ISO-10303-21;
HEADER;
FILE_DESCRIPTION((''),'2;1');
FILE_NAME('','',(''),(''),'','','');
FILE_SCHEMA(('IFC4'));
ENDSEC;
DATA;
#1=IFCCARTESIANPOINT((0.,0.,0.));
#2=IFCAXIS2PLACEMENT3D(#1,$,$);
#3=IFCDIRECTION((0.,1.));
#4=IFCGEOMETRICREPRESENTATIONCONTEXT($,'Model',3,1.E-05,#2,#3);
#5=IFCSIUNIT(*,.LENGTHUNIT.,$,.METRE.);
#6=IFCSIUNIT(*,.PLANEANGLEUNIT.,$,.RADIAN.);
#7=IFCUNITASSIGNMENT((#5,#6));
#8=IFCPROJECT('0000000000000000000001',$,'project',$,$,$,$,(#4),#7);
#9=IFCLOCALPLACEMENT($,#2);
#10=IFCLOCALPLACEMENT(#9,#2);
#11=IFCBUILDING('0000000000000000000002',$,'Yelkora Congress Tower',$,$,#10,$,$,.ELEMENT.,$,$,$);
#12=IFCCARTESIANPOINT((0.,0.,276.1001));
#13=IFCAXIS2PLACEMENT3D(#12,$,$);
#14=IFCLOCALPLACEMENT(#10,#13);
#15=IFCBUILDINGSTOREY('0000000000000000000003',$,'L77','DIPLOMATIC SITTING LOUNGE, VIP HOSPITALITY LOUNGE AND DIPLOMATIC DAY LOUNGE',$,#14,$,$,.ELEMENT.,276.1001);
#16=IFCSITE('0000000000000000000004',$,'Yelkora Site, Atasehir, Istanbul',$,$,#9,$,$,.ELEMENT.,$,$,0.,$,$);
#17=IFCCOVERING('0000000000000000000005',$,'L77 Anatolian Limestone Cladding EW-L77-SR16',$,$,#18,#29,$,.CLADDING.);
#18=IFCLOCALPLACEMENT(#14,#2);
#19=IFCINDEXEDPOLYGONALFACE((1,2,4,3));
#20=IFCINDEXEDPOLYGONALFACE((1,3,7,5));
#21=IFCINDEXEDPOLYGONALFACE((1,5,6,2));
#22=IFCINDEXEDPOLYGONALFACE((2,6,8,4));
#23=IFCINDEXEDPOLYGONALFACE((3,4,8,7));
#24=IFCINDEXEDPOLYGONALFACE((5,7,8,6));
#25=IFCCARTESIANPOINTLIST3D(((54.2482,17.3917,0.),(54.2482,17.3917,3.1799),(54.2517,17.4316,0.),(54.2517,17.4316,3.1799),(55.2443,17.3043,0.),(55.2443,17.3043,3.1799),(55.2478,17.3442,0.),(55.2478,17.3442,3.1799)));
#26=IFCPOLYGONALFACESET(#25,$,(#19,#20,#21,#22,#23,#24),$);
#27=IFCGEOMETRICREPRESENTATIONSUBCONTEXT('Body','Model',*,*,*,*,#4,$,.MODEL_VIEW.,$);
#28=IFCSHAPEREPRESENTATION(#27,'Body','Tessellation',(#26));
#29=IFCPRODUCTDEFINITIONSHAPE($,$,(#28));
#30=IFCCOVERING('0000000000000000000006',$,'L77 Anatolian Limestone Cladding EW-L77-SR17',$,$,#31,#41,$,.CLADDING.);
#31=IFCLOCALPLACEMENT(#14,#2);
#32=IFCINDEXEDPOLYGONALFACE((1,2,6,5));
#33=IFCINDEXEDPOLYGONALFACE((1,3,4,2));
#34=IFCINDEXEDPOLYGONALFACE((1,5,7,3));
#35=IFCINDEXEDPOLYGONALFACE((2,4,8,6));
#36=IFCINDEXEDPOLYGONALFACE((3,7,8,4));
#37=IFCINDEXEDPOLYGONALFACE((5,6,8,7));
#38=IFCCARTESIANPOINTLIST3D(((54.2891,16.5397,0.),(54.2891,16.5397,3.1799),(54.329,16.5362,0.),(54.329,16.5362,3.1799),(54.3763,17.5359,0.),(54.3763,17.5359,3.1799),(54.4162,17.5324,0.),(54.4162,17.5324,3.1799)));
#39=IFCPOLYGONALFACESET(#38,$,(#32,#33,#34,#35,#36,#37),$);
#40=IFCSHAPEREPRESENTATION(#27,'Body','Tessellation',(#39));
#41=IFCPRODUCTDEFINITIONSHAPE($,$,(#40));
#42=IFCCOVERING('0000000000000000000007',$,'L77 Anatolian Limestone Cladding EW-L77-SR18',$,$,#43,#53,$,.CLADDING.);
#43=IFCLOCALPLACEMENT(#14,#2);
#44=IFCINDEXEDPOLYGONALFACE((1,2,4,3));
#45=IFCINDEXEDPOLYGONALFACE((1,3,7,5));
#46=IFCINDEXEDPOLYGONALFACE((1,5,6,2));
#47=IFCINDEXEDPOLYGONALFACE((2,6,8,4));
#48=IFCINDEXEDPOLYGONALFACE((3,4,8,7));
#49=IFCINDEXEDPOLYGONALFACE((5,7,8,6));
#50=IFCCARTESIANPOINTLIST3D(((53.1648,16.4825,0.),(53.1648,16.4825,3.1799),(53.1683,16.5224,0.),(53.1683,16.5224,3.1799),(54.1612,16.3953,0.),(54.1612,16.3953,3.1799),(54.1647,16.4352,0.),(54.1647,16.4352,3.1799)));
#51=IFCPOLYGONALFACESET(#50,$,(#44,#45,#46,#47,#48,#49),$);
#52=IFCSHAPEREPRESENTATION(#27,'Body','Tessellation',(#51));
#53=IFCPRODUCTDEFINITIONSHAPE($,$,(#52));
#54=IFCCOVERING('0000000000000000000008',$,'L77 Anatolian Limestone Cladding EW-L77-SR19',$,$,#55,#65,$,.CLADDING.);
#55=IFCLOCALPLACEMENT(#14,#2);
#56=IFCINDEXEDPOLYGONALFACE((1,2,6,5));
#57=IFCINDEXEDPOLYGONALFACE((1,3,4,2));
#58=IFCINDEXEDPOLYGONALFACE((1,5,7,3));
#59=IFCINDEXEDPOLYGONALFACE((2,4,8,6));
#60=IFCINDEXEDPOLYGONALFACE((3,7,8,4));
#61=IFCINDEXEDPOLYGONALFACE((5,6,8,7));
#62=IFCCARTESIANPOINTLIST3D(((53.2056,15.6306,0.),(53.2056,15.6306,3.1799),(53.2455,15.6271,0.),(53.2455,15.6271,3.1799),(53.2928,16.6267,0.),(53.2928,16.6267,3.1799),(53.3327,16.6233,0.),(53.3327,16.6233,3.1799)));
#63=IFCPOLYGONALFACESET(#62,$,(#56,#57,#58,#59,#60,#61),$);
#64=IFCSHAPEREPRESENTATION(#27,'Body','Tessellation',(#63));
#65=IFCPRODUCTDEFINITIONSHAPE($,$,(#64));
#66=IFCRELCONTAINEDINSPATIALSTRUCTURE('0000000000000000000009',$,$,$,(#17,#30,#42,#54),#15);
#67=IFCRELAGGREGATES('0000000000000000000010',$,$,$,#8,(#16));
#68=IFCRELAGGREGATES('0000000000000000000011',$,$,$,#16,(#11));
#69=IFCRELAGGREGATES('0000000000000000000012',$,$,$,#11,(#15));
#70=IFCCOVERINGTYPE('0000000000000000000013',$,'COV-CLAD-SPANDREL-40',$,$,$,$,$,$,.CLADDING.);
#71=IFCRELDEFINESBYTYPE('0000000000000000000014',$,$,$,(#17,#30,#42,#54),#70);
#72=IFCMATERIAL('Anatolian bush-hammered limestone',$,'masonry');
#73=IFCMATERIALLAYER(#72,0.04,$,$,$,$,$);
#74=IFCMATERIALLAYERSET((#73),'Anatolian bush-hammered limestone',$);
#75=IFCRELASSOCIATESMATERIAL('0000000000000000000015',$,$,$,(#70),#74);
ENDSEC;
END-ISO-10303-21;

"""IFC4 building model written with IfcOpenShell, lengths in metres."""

from ifc_helpers import new_model, si_unit, direction, frame, frame_2d, origin, place, context, subcontext, project, spatial, rectangle, extrude, material, layer, layer_set, type_object, element, save


model = new_model("IFC4")

# Units and contexts
model_context = context("Model", 3, precision=1e-05, world=origin(), true_north=direction((0.0, 1.0)))
body_context = subcontext(model_context, "Body", "Model", "MODEL_VIEW")
ifc_project = project(units=[si_unit("LENGTHUNIT", "METRE"), si_unit("PLANEANGLEUNIT", "RADIAN")], contexts=[model_context])

# Site, building, storey
site_placement = place(None, origin())
site = spatial("IfcSite", under=ifc_project, at=site_placement, Name="Yelkora Site, Atasehir, Istanbul", CompositionType="ELEMENT", RefElevation=0.0)
building_placement = place(site_placement, origin())
building = spatial("IfcBuilding", under=site, at=building_placement, Name="Yelkora Congress Tower", CompositionType="ELEMENT")
storey_placement = place(building_placement, frame((0.0, 0.0, 276.1001)))
storey = spatial("IfcBuildingStorey", under=building, at=storey_placement, Name="L77", Description="DIPLOMATIC SITTING LOUNGE, VIP HOSPITALITY LOUNGE AND DIPLOMATIC DAY LOUNGE", CompositionType="ELEMENT", Elevation=276.1001)

# Coverings
ifc_material_1 = material(Name="Anatolian bush-hammered limestone", Category="masonry")
ifc_layer_1 = layer(ifc_material_1, 0.04)
ifc_layer_set_1 = layer_set([ifc_layer_1], Name="Anatolian bush-hammered limestone")
covering_type = type_object("IfcCoveringType", Name="COV-CLAD-SPANDREL-40", PredefinedType="CLADDING", material=ifc_layer_set_1)
for number, where, z_axis, x_axis, name in (
    (1, (55.2461, 17.3242, 0.0), (0.0, 0.0, 1.0), (-0.996172, 0.087409, 0.0), "L77 Anatolian Limestone Cladding EW-L77-SR16"),
    (2, (54.3962, 17.5342, 0.0), (0.0, 0.0, 1.0), (-0.087167, -0.996194, 0.0), "L77 Anatolian Limestone Cladding EW-L77-SR17"),
):
    element("IfcCovering", number, at=place(storey_placement, frame(where, z_axis=z_axis, x_axis=x_axis)), inside=storey, type_object=covering_type, Name=name, PredefinedType="CLADDING", context=body_context, shape_type="SweptSolid", body=[
        extrude(rectangle(XDim=1.0, YDim=0.04, at=frame_2d((0.5, 0.0))), origin(), (0.0, 0.0, 1.0), 3.1799),
    ])
covering_1_placement = place(storey_placement, frame((54.1628, 16.4153, 0.0), z_axis=(0.0, 0.0, 1.0), x_axis=(-0.996196, 0.087146, 0.0)))
element("IfcCovering", 3, at=covering_1_placement, inside=storey, type_object=covering_type, Name="L77 Anatolian Limestone Cladding EW-L77-SR18", PredefinedType="CLADDING", context=body_context, shape_type="SweptSolid", body=[
    extrude(rectangle(XDim=1.0002, YDim=0.04, at=frame_2d((0.5, 0.0))), origin(), (0.0, 0.0, 1.0), 3.1799),
])
covering_2_placement = place(storey_placement, frame((53.3127, 16.625, 0.0), z_axis=(0.0, 0.0, 1.0), x_axis=(-0.087167, -0.996194, 0.0)))
element("IfcCovering", 4, at=covering_2_placement, inside=storey, type_object=covering_type, Name="L77 Anatolian Limestone Cladding EW-L77-SR19", PredefinedType="CLADDING", context=body_context, shape_type="SweptSolid", body=[
    extrude(rectangle(XDim=1.0, YDim=0.04, at=frame_2d((0.5, 0.0))), origin(), (0.0, 0.0, 1.0), 3.1799),
])

save(model, "model.ifc")
